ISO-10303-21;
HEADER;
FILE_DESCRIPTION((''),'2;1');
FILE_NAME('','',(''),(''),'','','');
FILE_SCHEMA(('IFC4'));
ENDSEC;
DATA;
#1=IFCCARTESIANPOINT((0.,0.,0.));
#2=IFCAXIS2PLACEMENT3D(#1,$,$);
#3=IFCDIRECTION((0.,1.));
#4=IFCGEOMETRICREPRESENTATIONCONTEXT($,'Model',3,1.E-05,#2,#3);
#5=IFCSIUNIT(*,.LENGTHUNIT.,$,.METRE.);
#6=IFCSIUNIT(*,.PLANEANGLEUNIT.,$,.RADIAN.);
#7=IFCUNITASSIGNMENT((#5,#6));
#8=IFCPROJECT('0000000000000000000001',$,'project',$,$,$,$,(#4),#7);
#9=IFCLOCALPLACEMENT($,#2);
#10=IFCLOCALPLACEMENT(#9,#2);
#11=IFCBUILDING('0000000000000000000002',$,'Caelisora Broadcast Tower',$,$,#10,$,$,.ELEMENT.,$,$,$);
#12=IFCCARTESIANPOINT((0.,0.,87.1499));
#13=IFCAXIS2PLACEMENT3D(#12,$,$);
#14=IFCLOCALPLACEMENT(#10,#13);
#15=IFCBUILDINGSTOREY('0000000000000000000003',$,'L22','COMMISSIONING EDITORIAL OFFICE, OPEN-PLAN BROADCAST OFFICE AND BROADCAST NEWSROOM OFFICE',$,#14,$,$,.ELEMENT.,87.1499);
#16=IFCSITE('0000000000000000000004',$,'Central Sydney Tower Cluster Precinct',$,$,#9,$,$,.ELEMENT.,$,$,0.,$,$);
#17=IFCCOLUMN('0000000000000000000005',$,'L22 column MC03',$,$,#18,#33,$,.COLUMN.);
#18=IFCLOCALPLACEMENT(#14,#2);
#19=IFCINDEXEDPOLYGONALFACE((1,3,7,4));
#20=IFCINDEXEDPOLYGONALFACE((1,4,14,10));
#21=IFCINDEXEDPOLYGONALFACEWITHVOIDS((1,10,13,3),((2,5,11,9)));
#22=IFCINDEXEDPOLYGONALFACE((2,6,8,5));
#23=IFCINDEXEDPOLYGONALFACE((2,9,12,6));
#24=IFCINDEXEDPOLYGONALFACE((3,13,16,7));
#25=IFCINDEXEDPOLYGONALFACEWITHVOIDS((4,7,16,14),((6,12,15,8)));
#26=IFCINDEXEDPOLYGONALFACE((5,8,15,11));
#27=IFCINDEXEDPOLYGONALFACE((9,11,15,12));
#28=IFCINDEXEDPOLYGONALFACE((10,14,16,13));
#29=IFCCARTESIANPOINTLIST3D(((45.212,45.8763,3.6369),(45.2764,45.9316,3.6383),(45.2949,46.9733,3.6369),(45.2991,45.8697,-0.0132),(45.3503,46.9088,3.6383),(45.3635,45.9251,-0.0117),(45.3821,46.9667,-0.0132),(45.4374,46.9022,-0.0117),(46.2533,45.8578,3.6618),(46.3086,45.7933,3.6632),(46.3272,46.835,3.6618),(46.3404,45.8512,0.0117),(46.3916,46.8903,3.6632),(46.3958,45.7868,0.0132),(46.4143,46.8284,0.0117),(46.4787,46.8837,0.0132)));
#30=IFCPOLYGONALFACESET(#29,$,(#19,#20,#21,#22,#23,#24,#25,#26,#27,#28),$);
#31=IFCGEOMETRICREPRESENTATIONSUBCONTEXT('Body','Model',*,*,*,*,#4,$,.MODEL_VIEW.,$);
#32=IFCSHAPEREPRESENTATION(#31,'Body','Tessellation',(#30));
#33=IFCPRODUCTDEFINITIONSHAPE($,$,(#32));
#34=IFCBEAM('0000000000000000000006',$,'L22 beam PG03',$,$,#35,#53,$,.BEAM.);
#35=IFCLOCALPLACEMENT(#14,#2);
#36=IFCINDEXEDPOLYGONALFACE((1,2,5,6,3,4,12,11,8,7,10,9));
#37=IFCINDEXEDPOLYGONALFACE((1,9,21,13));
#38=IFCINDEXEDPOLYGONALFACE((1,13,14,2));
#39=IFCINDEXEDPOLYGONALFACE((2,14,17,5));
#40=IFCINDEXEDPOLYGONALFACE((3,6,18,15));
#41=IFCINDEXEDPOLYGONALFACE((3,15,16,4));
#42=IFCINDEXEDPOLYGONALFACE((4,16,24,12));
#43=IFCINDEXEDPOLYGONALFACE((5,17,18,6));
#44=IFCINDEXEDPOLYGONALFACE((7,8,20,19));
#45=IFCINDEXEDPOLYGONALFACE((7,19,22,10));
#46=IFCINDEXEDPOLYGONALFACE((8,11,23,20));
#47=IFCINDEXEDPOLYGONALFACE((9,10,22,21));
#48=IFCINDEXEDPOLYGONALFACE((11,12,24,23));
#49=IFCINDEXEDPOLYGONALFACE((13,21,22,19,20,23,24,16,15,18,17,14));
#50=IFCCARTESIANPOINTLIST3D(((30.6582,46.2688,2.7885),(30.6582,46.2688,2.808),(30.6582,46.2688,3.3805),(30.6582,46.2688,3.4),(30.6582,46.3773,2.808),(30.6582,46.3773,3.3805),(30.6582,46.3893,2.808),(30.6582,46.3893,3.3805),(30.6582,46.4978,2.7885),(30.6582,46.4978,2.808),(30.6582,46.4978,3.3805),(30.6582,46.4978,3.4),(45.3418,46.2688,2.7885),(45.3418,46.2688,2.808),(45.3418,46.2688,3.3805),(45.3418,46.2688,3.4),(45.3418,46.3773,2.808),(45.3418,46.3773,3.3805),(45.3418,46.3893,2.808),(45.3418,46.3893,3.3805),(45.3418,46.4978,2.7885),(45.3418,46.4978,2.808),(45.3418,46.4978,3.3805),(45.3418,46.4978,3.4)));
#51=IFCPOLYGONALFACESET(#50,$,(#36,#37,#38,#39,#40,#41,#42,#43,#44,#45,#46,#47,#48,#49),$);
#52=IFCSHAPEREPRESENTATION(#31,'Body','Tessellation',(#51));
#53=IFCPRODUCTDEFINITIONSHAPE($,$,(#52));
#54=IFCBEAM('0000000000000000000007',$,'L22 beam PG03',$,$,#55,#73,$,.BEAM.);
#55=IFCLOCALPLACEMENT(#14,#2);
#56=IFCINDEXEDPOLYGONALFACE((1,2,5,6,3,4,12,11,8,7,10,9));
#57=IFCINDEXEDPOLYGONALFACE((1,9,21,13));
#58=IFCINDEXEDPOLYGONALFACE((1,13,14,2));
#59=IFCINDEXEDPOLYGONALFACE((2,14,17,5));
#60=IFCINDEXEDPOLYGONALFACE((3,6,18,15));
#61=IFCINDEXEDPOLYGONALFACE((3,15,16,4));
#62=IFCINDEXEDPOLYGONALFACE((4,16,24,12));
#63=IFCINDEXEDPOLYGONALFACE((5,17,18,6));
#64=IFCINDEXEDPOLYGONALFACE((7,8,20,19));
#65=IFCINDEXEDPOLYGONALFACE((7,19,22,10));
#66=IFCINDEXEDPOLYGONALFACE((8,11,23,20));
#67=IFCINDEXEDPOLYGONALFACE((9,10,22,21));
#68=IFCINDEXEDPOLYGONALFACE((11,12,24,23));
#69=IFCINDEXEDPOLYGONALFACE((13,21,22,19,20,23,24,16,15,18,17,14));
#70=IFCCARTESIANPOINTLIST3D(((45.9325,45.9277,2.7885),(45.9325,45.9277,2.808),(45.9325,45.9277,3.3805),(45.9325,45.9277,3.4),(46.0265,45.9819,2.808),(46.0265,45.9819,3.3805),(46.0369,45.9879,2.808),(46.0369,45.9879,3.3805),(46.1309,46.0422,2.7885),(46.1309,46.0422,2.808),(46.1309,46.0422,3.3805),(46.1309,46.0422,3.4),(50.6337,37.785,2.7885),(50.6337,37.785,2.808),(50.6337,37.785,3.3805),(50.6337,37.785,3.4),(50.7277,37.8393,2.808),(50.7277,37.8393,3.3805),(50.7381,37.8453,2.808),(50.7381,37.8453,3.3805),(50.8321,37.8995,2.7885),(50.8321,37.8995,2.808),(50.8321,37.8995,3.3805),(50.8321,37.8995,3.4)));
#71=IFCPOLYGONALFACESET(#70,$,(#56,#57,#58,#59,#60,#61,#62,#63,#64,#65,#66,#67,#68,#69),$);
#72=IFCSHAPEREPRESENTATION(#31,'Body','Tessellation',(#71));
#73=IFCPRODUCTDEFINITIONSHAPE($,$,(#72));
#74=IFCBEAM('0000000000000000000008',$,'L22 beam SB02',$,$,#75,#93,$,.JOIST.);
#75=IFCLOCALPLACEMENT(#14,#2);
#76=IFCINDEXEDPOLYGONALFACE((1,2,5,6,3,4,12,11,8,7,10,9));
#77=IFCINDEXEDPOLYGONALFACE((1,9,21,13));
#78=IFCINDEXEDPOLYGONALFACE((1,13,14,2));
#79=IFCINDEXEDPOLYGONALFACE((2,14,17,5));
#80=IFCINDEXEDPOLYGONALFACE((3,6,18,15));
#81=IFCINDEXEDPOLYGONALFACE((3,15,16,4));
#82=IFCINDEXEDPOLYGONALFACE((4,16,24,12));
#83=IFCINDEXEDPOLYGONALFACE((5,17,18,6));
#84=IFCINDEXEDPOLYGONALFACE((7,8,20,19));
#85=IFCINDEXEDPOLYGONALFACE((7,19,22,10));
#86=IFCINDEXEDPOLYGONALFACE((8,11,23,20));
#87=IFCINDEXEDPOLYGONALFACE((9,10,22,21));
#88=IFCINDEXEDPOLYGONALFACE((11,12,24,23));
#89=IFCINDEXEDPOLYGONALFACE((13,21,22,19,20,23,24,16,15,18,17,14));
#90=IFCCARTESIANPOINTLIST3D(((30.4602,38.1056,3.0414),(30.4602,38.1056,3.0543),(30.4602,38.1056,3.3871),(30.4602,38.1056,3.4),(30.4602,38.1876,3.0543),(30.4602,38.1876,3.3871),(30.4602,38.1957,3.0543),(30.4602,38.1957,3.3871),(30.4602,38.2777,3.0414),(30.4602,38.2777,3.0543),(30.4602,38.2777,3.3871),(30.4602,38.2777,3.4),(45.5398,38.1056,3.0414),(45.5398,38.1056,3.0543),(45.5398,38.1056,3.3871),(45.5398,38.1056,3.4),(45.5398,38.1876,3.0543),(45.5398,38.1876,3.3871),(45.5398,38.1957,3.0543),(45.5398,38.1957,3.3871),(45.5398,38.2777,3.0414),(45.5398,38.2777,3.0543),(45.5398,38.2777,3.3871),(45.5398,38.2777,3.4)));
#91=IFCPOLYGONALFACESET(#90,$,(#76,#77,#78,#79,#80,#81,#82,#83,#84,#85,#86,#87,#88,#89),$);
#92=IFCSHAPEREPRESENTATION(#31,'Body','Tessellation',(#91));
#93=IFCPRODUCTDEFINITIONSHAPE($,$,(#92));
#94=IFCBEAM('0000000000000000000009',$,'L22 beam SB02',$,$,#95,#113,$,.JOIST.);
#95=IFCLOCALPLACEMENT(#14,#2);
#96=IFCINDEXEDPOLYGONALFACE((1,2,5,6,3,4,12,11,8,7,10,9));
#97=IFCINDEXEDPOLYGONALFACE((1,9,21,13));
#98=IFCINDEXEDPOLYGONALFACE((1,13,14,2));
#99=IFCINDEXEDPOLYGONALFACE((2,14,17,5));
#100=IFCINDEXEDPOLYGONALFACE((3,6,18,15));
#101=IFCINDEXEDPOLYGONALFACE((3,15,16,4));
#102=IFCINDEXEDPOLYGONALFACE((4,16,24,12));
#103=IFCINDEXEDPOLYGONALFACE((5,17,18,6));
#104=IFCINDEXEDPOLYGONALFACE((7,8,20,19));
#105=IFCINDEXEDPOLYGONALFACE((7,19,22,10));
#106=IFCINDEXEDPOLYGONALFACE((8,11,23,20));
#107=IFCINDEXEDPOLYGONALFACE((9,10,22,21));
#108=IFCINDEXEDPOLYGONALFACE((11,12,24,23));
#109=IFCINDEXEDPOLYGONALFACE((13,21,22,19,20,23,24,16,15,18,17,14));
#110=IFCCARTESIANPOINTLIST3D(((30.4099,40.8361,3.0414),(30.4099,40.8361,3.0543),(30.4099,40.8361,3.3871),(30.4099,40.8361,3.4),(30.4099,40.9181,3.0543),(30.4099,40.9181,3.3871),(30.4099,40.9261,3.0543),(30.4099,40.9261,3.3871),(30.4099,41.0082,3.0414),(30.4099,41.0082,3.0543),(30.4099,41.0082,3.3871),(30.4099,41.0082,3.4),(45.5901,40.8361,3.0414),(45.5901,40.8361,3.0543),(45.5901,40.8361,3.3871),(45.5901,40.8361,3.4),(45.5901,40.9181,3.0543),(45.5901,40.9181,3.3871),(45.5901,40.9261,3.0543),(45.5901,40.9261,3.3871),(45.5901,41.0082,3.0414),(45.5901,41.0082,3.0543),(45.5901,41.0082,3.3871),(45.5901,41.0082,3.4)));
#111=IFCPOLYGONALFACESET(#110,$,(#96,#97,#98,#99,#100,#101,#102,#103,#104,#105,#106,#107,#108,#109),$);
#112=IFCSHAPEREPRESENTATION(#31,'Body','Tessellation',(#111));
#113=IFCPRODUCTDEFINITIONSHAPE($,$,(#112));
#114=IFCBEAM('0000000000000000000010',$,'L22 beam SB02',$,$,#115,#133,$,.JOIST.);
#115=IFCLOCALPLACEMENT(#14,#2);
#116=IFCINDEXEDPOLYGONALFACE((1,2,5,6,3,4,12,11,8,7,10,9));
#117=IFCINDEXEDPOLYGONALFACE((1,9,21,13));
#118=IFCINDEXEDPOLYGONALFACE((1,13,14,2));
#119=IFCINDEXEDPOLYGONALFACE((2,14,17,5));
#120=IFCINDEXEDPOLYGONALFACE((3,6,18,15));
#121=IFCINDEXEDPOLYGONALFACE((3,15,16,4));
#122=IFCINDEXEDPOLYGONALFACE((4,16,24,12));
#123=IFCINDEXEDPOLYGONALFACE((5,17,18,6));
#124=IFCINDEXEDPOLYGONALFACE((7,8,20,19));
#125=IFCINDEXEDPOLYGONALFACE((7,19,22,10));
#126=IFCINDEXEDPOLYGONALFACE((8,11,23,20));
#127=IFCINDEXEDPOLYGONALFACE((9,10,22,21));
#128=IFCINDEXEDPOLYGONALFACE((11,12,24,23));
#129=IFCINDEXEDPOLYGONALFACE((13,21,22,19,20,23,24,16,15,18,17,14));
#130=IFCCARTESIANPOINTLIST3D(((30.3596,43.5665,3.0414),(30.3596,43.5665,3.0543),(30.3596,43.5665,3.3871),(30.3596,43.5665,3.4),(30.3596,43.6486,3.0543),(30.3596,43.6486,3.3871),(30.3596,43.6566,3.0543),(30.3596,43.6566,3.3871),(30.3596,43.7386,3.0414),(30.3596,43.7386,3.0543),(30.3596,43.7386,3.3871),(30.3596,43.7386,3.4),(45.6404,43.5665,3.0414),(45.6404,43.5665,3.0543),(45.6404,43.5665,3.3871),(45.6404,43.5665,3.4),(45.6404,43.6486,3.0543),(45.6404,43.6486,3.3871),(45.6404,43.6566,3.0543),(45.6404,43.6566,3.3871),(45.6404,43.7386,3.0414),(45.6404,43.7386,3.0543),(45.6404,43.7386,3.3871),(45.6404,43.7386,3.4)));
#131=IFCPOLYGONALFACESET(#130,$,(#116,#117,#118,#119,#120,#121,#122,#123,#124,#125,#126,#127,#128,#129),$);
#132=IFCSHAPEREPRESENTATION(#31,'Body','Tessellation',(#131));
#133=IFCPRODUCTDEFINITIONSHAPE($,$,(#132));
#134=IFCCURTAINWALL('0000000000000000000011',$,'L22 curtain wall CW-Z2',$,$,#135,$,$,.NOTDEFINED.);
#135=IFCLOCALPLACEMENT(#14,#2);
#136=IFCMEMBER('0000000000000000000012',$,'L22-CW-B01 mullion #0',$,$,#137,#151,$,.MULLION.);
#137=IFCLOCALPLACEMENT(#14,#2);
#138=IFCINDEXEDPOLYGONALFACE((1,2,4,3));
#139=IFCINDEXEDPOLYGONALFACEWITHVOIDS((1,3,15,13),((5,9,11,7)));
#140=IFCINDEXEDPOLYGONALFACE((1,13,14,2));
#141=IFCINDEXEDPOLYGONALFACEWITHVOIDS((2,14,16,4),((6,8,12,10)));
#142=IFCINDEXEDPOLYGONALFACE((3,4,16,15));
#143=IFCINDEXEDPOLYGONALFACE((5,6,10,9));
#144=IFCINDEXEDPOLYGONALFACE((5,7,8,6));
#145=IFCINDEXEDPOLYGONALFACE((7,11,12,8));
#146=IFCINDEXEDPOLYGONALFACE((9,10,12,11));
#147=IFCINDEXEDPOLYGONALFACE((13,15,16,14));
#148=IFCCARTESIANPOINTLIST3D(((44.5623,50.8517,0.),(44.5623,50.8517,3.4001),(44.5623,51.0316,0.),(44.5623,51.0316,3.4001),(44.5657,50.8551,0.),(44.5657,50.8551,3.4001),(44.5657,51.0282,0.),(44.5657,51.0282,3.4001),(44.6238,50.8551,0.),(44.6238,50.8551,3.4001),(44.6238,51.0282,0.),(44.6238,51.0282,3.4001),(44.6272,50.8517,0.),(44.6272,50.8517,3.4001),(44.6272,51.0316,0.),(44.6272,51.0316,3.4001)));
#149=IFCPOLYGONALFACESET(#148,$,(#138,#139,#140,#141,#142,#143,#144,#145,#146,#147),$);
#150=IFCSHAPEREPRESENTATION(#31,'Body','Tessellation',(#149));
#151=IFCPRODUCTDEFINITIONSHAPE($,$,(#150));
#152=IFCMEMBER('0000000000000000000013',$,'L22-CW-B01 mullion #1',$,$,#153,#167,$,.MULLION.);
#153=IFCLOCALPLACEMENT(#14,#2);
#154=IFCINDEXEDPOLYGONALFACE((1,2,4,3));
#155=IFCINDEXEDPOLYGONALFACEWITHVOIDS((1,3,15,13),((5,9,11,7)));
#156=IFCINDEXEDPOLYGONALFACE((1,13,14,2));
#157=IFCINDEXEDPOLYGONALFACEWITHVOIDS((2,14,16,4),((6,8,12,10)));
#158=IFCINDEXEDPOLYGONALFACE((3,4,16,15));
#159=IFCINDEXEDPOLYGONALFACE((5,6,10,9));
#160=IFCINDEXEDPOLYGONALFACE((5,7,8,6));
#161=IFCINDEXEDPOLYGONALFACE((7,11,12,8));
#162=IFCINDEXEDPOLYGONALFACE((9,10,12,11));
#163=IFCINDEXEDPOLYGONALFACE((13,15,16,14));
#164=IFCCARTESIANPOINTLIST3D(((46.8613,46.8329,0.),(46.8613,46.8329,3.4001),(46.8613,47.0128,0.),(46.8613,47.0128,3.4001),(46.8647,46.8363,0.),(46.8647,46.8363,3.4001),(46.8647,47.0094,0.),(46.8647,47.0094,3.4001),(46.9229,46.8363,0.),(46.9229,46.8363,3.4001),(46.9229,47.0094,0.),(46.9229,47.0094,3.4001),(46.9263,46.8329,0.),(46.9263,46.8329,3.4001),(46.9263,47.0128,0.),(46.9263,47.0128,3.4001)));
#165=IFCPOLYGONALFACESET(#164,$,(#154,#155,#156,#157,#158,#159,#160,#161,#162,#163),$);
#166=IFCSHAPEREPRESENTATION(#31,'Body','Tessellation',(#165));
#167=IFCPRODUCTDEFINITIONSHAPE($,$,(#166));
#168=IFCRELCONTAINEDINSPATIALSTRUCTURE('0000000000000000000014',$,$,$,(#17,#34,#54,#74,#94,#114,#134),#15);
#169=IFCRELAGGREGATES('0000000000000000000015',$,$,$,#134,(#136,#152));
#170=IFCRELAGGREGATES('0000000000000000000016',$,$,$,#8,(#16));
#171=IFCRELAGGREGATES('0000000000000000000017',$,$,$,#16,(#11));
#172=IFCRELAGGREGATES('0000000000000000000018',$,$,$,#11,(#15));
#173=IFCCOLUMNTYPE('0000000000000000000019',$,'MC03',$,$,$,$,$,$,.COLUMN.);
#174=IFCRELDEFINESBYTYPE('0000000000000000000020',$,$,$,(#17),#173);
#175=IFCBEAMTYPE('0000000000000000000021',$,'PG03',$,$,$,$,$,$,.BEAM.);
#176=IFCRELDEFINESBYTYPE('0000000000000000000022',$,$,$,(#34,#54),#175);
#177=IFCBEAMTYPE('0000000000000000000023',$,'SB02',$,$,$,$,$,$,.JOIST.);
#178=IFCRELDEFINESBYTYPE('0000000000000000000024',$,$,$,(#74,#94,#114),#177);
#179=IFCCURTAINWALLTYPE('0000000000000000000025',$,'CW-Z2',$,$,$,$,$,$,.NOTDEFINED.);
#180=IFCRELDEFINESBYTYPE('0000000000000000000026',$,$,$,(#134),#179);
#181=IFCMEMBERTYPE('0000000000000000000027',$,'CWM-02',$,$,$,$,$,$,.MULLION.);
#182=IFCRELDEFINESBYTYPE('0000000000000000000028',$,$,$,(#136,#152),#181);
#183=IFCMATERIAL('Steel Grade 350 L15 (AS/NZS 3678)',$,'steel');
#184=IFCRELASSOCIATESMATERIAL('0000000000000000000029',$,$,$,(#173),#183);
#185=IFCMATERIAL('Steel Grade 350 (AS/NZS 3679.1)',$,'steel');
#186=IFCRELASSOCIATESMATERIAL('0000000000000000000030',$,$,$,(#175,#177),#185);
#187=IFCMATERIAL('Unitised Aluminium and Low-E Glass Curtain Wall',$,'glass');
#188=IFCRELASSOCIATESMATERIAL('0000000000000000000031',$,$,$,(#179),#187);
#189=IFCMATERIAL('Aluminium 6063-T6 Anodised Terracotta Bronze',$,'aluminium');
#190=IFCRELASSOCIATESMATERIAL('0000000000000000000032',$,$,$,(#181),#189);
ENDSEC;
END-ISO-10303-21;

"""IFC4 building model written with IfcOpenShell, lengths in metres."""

from ifc_helpers import new_model, si_unit, direction, frame, origin, origin_2d, place, context, subcontext, project, spatial, hollow_rectangle, i_section, extrude, source, transform, mapped, material, material_profile, profile_set, type_object, type_shapes, element, aggregate, save


model = new_model("IFC4")

# Units and contexts
model_context = context("Model", 3, precision=1e-05, world=origin(), true_north=direction((0.0, 1.0)))
body_context = subcontext(model_context, "Body", "Model", "MODEL_VIEW")
ifc_project = project(units=[si_unit("LENGTHUNIT", "METRE"), si_unit("PLANEANGLEUNIT", "RADIAN")], contexts=[model_context])

# Site, building, storey
site_placement = place(None, origin())
site = spatial("IfcSite", under=ifc_project, at=site_placement, Name="Central Sydney Tower Cluster Precinct", CompositionType="ELEMENT", RefElevation=0.0)
building_placement = place(site_placement, origin())
building = spatial("IfcBuilding", under=site, at=building_placement, Name="Caelisora Broadcast Tower", CompositionType="ELEMENT")
storey_placement = place(building_placement, frame((0.0, 0.0, 87.1499)))
storey = spatial("IfcBuildingStorey", under=building, at=storey_placement, Name="L22", Description="COMMISSIONING EDITORIAL OFFICE, OPEN-PLAN BROADCAST OFFICE AND BROADCAST NEWSROOM OFFICE", CompositionType="ELEMENT", Elevation=87.1499)

# Column
ifc_material_1 = material(Name="Steel Grade 350 L15 (AS/NZS 3678)", Category="steel")
ifc_material_profile_1 = material_profile(ifc_material_1, hollow_rectangle(XDim=1.1001, YDim=1.1001, WallThickness=0.0601, at=origin_2d()), Name="Steel Grade 350 L15 (AS/NZS 3678)")
ifc_profile_set_1 = profile_set([ifc_material_profile_1], Name="Steel Grade 350 L15 (AS/NZS 3678)")
column_type = type_object("IfcColumnType", Name="MC03", PredefinedType="COLUMN", material=ifc_profile_set_1)
shared_shape_1 = source(origin(), body_context, "Body", "SweptSolid", [
    extrude(hollow_rectangle(XDim=1.1001, YDim=1.1001, WallThickness=0.0601, at=origin_2d()), origin(), (0.0, 0.0, 1.0), 3.6511),
])
type_shapes(column_type, [shared_shape_1])
column_placement = place(storey_placement, frame((45.8889, 46.3767, 0.0), z_axis=(-0.023871, 0.001805, 0.999713), x_axis=(-0.075415, -0.997152, 0.0)))
element("IfcColumn", 1, at=column_placement, inside=storey, type_object=column_type, Name="L22 column MC03", PredefinedType="COLUMN", context=body_context, shape_type="MappedRepresentation", body=[
    mapped(shared_shape_1, transform((0.0, 0.0, 0.0), scale=1.0)),
])

# Beams
ifc_material_2 = material(Name="Steel Grade 350 (AS/NZS 3679.1)", Category="steel")
ifc_material_profile_2 = material_profile(ifc_material_2, i_section(OverallWidth=0.229, OverallDepth=0.6116, WebThickness=0.012, FlangeThickness=0.0195, at=origin_2d()), Name="Steel Grade 350 (AS/NZS 3679.1)")
ifc_profile_set_2 = profile_set([ifc_material_profile_2], Name="Steel Grade 350 (AS/NZS 3679.1)")
beam_type_1 = type_object("IfcBeamType", Name="PG03", PredefinedType="BEAM", material=ifc_profile_set_2)
shared_shape_2 = source(origin(), body_context, "Body", "SweptSolid", [
    extrude(i_section(OverallWidth=0.229, OverallDepth=0.6116, WebThickness=0.012, FlangeThickness=0.0195, at=origin_2d()), origin(), (0.0, 0.0, 1.0), 14.6836),
])
beam_1_placement = place(storey_placement, frame((45.3418, 46.3833, 3.0942), z_axis=(-1.0, 0.0, 0.0), x_axis=(0.0, -1.0, 0.0)))
element("IfcBeam", 2, at=beam_1_placement, inside=storey, type_object=beam_type_1, Name="L22 beam PG03", PredefinedType="BEAM", context=body_context, shape_type="MappedRepresentation", body=[
    mapped(shared_shape_2, transform((0.0, 0.0, 0.0), scale=1.0)),
])
shared_shape_3 = source(origin(), body_context, "Body", "SweptSolid", [
    extrude(i_section(OverallWidth=0.229, OverallDepth=0.6116, WebThickness=0.012, FlangeThickness=0.0195, at=origin_2d()), origin(), (0.0, 0.0, 1.0), 9.4023),
])
type_shapes(beam_type_1, [shared_shape_2, shared_shape_3])
beam_2_placement = place(storey_placement, frame((50.7329, 37.8423, 3.0942), z_axis=(-0.500004, 0.866023, 0.0), x_axis=(-0.866023, -0.500004, 0.0)))
element("IfcBeam", 3, at=beam_2_placement, inside=storey, type_object=beam_type_1, Name="L22 beam PG03", PredefinedType="BEAM", context=body_context, shape_type="MappedRepresentation", body=[
    mapped(shared_shape_3, transform((0.0, 0.0, 0.0), scale=1.0)),
])
ifc_material_profile_3 = material_profile(ifc_material_2, i_section(OverallWidth=0.1721, OverallDepth=0.3586, WebThickness=0.0081, FlangeThickness=0.0129, at=origin_2d()), Name="Steel Grade 350 (AS/NZS 3679.1)")
ifc_profile_set_3 = profile_set([ifc_material_profile_3], Name="Steel Grade 350 (AS/NZS 3679.1)")
beam_type_2 = type_object("IfcBeamType", Name="SB02", PredefinedType="JOIST", material=ifc_profile_set_3)
shared_shape_4 = source(origin(), body_context, "Body", "SweptSolid", [
    extrude(i_section(OverallWidth=0.1721, OverallDepth=0.3586, WebThickness=0.0081, FlangeThickness=0.0129, at=origin_2d()), origin(), (0.0, 0.0, 1.0), 15.0796),
])
beam_3_placement = place(storey_placement, frame((45.5398, 38.1917, 3.2207), z_axis=(-1.0, 0.0, 0.0), x_axis=(0.0, -1.0, 0.0)))
element("IfcBeam", 4, at=beam_3_placement, inside=storey, type_object=beam_type_2, Name="L22 beam SB02", PredefinedType="JOIST", context=body_context, shape_type="MappedRepresentation", body=[
    mapped(shared_shape_4, transform((0.0, 0.0, 0.0), scale=1.0)),
])
shared_shape_5 = source(origin(), body_context, "Body", "SweptSolid", [
    extrude(i_section(OverallWidth=0.1721, OverallDepth=0.3586, WebThickness=0.0081, FlangeThickness=0.0129, at=origin_2d()), origin(), (0.0, 0.0, 1.0), 15.1802),
])
beam_4_placement = place(storey_placement, frame((45.5901, 40.9221, 3.2207), z_axis=(-1.0, 0.0, 0.0), x_axis=(0.0, -1.0, 0.0)))
element("IfcBeam", 5, at=beam_4_placement, inside=storey, type_object=beam_type_2, Name="L22 beam SB02", PredefinedType="JOIST", context=body_context, shape_type="MappedRepresentation", body=[
    mapped(shared_shape_5, transform((0.0, 0.0, 0.0), scale=1.0)),
])
shared_shape_6 = source(origin(), body_context, "Body", "SweptSolid", [
    extrude(i_section(OverallWidth=0.1721, OverallDepth=0.3586, WebThickness=0.0081, FlangeThickness=0.0129, at=origin_2d()), origin(), (0.0, 0.0, 1.0), 15.2808),
])
type_shapes(beam_type_2, [shared_shape_4, shared_shape_5, shared_shape_6])
beam_5_placement = place(storey_placement, frame((45.6404, 43.6526, 3.2207), z_axis=(-1.0, 0.0, 0.0), x_axis=(0.0, -1.0, 0.0)))
element("IfcBeam", 6, at=beam_5_placement, inside=storey, type_object=beam_type_2, Name="L22 beam SB02", PredefinedType="JOIST", context=body_context, shape_type="MappedRepresentation", body=[
    mapped(shared_shape_6, transform((0.0, 0.0, 0.0), scale=1.0)),
])

# Curtain wall, members
ifc_material_3 = material(Name="Unitised Aluminium and Low-E Glass Curtain Wall", Category="glass")
curtain_wall_type_1 = type_object("IfcCurtainWallType", Name="CW-Z2", PredefinedType="NOTDEFINED", material=ifc_material_3)
curtain_wall_1_placement = place(storey_placement, origin())
curtain_wall_1 = element("IfcCurtainWall", 7, at=curtain_wall_1_placement, inside=storey, type_object=curtain_wall_type_1, Name="L22 curtain wall CW-Z2", PredefinedType="NOTDEFINED")
ifc_material_4 = material(Name="Aluminium 6063-T6 Anodised Terracotta Bronze", Category="aluminium")
ifc_material_profile_4 = material_profile(ifc_material_4, hollow_rectangle(XDim=0.0649, YDim=0.1799, WallThickness=0.0034, at=origin_2d()), Name="Aluminium 6063-T6 Anodised Terracotta Bronze")
ifc_profile_set_4 = profile_set([ifc_material_profile_4], Name="Aluminium 6063-T6 Anodised Terracotta Bronze")
member_type_1 = type_object("IfcMemberType", Name="CWM-02", PredefinedType="MULLION", material=ifc_profile_set_4)
shared_shape_7 = source(origin(), body_context, "Body", "SweptSolid", [
    extrude(hollow_rectangle(XDim=0.0649, YDim=0.1799, WallThickness=0.0034, at=origin_2d()), origin(), (0.0, 0.0, 1.0), 3.4001),
])
type_shapes(member_type_1, [shared_shape_7])
member_1_placement = place(storey_placement, frame((44.5947, 50.9417, 0.0), z_axis=(0.0, 0.0, 1.0), x_axis=(1.0, 0.0, 0.0)))
member_1 = element("IfcMember", 8, at=member_1_placement, type_object=member_type_1, Name="L22-CW-B01 mullion #0", PredefinedType="MULLION", context=body_context, shape_type="MappedRepresentation", body=[
    mapped(shared_shape_7, transform((0.0, 0.0, 0.0), scale=1.0)),
])
member_2_placement = place(storey_placement, frame((46.8938, 46.9229, 0.0), z_axis=(0.0, 0.0, 1.0), x_axis=(1.0, 0.0, 0.0)))
member_2 = element("IfcMember", 9, at=member_2_placement, type_object=member_type_1, Name="L22-CW-B01 mullion #1", PredefinedType="MULLION", context=body_context, shape_type="MappedRepresentation", body=[
    mapped(shared_shape_7, transform((0.0, 0.0, 0.0), scale=1.0)),
])

aggregate(curtain_wall_1, [member_1, member_2])

save(model, "model.ifc")
